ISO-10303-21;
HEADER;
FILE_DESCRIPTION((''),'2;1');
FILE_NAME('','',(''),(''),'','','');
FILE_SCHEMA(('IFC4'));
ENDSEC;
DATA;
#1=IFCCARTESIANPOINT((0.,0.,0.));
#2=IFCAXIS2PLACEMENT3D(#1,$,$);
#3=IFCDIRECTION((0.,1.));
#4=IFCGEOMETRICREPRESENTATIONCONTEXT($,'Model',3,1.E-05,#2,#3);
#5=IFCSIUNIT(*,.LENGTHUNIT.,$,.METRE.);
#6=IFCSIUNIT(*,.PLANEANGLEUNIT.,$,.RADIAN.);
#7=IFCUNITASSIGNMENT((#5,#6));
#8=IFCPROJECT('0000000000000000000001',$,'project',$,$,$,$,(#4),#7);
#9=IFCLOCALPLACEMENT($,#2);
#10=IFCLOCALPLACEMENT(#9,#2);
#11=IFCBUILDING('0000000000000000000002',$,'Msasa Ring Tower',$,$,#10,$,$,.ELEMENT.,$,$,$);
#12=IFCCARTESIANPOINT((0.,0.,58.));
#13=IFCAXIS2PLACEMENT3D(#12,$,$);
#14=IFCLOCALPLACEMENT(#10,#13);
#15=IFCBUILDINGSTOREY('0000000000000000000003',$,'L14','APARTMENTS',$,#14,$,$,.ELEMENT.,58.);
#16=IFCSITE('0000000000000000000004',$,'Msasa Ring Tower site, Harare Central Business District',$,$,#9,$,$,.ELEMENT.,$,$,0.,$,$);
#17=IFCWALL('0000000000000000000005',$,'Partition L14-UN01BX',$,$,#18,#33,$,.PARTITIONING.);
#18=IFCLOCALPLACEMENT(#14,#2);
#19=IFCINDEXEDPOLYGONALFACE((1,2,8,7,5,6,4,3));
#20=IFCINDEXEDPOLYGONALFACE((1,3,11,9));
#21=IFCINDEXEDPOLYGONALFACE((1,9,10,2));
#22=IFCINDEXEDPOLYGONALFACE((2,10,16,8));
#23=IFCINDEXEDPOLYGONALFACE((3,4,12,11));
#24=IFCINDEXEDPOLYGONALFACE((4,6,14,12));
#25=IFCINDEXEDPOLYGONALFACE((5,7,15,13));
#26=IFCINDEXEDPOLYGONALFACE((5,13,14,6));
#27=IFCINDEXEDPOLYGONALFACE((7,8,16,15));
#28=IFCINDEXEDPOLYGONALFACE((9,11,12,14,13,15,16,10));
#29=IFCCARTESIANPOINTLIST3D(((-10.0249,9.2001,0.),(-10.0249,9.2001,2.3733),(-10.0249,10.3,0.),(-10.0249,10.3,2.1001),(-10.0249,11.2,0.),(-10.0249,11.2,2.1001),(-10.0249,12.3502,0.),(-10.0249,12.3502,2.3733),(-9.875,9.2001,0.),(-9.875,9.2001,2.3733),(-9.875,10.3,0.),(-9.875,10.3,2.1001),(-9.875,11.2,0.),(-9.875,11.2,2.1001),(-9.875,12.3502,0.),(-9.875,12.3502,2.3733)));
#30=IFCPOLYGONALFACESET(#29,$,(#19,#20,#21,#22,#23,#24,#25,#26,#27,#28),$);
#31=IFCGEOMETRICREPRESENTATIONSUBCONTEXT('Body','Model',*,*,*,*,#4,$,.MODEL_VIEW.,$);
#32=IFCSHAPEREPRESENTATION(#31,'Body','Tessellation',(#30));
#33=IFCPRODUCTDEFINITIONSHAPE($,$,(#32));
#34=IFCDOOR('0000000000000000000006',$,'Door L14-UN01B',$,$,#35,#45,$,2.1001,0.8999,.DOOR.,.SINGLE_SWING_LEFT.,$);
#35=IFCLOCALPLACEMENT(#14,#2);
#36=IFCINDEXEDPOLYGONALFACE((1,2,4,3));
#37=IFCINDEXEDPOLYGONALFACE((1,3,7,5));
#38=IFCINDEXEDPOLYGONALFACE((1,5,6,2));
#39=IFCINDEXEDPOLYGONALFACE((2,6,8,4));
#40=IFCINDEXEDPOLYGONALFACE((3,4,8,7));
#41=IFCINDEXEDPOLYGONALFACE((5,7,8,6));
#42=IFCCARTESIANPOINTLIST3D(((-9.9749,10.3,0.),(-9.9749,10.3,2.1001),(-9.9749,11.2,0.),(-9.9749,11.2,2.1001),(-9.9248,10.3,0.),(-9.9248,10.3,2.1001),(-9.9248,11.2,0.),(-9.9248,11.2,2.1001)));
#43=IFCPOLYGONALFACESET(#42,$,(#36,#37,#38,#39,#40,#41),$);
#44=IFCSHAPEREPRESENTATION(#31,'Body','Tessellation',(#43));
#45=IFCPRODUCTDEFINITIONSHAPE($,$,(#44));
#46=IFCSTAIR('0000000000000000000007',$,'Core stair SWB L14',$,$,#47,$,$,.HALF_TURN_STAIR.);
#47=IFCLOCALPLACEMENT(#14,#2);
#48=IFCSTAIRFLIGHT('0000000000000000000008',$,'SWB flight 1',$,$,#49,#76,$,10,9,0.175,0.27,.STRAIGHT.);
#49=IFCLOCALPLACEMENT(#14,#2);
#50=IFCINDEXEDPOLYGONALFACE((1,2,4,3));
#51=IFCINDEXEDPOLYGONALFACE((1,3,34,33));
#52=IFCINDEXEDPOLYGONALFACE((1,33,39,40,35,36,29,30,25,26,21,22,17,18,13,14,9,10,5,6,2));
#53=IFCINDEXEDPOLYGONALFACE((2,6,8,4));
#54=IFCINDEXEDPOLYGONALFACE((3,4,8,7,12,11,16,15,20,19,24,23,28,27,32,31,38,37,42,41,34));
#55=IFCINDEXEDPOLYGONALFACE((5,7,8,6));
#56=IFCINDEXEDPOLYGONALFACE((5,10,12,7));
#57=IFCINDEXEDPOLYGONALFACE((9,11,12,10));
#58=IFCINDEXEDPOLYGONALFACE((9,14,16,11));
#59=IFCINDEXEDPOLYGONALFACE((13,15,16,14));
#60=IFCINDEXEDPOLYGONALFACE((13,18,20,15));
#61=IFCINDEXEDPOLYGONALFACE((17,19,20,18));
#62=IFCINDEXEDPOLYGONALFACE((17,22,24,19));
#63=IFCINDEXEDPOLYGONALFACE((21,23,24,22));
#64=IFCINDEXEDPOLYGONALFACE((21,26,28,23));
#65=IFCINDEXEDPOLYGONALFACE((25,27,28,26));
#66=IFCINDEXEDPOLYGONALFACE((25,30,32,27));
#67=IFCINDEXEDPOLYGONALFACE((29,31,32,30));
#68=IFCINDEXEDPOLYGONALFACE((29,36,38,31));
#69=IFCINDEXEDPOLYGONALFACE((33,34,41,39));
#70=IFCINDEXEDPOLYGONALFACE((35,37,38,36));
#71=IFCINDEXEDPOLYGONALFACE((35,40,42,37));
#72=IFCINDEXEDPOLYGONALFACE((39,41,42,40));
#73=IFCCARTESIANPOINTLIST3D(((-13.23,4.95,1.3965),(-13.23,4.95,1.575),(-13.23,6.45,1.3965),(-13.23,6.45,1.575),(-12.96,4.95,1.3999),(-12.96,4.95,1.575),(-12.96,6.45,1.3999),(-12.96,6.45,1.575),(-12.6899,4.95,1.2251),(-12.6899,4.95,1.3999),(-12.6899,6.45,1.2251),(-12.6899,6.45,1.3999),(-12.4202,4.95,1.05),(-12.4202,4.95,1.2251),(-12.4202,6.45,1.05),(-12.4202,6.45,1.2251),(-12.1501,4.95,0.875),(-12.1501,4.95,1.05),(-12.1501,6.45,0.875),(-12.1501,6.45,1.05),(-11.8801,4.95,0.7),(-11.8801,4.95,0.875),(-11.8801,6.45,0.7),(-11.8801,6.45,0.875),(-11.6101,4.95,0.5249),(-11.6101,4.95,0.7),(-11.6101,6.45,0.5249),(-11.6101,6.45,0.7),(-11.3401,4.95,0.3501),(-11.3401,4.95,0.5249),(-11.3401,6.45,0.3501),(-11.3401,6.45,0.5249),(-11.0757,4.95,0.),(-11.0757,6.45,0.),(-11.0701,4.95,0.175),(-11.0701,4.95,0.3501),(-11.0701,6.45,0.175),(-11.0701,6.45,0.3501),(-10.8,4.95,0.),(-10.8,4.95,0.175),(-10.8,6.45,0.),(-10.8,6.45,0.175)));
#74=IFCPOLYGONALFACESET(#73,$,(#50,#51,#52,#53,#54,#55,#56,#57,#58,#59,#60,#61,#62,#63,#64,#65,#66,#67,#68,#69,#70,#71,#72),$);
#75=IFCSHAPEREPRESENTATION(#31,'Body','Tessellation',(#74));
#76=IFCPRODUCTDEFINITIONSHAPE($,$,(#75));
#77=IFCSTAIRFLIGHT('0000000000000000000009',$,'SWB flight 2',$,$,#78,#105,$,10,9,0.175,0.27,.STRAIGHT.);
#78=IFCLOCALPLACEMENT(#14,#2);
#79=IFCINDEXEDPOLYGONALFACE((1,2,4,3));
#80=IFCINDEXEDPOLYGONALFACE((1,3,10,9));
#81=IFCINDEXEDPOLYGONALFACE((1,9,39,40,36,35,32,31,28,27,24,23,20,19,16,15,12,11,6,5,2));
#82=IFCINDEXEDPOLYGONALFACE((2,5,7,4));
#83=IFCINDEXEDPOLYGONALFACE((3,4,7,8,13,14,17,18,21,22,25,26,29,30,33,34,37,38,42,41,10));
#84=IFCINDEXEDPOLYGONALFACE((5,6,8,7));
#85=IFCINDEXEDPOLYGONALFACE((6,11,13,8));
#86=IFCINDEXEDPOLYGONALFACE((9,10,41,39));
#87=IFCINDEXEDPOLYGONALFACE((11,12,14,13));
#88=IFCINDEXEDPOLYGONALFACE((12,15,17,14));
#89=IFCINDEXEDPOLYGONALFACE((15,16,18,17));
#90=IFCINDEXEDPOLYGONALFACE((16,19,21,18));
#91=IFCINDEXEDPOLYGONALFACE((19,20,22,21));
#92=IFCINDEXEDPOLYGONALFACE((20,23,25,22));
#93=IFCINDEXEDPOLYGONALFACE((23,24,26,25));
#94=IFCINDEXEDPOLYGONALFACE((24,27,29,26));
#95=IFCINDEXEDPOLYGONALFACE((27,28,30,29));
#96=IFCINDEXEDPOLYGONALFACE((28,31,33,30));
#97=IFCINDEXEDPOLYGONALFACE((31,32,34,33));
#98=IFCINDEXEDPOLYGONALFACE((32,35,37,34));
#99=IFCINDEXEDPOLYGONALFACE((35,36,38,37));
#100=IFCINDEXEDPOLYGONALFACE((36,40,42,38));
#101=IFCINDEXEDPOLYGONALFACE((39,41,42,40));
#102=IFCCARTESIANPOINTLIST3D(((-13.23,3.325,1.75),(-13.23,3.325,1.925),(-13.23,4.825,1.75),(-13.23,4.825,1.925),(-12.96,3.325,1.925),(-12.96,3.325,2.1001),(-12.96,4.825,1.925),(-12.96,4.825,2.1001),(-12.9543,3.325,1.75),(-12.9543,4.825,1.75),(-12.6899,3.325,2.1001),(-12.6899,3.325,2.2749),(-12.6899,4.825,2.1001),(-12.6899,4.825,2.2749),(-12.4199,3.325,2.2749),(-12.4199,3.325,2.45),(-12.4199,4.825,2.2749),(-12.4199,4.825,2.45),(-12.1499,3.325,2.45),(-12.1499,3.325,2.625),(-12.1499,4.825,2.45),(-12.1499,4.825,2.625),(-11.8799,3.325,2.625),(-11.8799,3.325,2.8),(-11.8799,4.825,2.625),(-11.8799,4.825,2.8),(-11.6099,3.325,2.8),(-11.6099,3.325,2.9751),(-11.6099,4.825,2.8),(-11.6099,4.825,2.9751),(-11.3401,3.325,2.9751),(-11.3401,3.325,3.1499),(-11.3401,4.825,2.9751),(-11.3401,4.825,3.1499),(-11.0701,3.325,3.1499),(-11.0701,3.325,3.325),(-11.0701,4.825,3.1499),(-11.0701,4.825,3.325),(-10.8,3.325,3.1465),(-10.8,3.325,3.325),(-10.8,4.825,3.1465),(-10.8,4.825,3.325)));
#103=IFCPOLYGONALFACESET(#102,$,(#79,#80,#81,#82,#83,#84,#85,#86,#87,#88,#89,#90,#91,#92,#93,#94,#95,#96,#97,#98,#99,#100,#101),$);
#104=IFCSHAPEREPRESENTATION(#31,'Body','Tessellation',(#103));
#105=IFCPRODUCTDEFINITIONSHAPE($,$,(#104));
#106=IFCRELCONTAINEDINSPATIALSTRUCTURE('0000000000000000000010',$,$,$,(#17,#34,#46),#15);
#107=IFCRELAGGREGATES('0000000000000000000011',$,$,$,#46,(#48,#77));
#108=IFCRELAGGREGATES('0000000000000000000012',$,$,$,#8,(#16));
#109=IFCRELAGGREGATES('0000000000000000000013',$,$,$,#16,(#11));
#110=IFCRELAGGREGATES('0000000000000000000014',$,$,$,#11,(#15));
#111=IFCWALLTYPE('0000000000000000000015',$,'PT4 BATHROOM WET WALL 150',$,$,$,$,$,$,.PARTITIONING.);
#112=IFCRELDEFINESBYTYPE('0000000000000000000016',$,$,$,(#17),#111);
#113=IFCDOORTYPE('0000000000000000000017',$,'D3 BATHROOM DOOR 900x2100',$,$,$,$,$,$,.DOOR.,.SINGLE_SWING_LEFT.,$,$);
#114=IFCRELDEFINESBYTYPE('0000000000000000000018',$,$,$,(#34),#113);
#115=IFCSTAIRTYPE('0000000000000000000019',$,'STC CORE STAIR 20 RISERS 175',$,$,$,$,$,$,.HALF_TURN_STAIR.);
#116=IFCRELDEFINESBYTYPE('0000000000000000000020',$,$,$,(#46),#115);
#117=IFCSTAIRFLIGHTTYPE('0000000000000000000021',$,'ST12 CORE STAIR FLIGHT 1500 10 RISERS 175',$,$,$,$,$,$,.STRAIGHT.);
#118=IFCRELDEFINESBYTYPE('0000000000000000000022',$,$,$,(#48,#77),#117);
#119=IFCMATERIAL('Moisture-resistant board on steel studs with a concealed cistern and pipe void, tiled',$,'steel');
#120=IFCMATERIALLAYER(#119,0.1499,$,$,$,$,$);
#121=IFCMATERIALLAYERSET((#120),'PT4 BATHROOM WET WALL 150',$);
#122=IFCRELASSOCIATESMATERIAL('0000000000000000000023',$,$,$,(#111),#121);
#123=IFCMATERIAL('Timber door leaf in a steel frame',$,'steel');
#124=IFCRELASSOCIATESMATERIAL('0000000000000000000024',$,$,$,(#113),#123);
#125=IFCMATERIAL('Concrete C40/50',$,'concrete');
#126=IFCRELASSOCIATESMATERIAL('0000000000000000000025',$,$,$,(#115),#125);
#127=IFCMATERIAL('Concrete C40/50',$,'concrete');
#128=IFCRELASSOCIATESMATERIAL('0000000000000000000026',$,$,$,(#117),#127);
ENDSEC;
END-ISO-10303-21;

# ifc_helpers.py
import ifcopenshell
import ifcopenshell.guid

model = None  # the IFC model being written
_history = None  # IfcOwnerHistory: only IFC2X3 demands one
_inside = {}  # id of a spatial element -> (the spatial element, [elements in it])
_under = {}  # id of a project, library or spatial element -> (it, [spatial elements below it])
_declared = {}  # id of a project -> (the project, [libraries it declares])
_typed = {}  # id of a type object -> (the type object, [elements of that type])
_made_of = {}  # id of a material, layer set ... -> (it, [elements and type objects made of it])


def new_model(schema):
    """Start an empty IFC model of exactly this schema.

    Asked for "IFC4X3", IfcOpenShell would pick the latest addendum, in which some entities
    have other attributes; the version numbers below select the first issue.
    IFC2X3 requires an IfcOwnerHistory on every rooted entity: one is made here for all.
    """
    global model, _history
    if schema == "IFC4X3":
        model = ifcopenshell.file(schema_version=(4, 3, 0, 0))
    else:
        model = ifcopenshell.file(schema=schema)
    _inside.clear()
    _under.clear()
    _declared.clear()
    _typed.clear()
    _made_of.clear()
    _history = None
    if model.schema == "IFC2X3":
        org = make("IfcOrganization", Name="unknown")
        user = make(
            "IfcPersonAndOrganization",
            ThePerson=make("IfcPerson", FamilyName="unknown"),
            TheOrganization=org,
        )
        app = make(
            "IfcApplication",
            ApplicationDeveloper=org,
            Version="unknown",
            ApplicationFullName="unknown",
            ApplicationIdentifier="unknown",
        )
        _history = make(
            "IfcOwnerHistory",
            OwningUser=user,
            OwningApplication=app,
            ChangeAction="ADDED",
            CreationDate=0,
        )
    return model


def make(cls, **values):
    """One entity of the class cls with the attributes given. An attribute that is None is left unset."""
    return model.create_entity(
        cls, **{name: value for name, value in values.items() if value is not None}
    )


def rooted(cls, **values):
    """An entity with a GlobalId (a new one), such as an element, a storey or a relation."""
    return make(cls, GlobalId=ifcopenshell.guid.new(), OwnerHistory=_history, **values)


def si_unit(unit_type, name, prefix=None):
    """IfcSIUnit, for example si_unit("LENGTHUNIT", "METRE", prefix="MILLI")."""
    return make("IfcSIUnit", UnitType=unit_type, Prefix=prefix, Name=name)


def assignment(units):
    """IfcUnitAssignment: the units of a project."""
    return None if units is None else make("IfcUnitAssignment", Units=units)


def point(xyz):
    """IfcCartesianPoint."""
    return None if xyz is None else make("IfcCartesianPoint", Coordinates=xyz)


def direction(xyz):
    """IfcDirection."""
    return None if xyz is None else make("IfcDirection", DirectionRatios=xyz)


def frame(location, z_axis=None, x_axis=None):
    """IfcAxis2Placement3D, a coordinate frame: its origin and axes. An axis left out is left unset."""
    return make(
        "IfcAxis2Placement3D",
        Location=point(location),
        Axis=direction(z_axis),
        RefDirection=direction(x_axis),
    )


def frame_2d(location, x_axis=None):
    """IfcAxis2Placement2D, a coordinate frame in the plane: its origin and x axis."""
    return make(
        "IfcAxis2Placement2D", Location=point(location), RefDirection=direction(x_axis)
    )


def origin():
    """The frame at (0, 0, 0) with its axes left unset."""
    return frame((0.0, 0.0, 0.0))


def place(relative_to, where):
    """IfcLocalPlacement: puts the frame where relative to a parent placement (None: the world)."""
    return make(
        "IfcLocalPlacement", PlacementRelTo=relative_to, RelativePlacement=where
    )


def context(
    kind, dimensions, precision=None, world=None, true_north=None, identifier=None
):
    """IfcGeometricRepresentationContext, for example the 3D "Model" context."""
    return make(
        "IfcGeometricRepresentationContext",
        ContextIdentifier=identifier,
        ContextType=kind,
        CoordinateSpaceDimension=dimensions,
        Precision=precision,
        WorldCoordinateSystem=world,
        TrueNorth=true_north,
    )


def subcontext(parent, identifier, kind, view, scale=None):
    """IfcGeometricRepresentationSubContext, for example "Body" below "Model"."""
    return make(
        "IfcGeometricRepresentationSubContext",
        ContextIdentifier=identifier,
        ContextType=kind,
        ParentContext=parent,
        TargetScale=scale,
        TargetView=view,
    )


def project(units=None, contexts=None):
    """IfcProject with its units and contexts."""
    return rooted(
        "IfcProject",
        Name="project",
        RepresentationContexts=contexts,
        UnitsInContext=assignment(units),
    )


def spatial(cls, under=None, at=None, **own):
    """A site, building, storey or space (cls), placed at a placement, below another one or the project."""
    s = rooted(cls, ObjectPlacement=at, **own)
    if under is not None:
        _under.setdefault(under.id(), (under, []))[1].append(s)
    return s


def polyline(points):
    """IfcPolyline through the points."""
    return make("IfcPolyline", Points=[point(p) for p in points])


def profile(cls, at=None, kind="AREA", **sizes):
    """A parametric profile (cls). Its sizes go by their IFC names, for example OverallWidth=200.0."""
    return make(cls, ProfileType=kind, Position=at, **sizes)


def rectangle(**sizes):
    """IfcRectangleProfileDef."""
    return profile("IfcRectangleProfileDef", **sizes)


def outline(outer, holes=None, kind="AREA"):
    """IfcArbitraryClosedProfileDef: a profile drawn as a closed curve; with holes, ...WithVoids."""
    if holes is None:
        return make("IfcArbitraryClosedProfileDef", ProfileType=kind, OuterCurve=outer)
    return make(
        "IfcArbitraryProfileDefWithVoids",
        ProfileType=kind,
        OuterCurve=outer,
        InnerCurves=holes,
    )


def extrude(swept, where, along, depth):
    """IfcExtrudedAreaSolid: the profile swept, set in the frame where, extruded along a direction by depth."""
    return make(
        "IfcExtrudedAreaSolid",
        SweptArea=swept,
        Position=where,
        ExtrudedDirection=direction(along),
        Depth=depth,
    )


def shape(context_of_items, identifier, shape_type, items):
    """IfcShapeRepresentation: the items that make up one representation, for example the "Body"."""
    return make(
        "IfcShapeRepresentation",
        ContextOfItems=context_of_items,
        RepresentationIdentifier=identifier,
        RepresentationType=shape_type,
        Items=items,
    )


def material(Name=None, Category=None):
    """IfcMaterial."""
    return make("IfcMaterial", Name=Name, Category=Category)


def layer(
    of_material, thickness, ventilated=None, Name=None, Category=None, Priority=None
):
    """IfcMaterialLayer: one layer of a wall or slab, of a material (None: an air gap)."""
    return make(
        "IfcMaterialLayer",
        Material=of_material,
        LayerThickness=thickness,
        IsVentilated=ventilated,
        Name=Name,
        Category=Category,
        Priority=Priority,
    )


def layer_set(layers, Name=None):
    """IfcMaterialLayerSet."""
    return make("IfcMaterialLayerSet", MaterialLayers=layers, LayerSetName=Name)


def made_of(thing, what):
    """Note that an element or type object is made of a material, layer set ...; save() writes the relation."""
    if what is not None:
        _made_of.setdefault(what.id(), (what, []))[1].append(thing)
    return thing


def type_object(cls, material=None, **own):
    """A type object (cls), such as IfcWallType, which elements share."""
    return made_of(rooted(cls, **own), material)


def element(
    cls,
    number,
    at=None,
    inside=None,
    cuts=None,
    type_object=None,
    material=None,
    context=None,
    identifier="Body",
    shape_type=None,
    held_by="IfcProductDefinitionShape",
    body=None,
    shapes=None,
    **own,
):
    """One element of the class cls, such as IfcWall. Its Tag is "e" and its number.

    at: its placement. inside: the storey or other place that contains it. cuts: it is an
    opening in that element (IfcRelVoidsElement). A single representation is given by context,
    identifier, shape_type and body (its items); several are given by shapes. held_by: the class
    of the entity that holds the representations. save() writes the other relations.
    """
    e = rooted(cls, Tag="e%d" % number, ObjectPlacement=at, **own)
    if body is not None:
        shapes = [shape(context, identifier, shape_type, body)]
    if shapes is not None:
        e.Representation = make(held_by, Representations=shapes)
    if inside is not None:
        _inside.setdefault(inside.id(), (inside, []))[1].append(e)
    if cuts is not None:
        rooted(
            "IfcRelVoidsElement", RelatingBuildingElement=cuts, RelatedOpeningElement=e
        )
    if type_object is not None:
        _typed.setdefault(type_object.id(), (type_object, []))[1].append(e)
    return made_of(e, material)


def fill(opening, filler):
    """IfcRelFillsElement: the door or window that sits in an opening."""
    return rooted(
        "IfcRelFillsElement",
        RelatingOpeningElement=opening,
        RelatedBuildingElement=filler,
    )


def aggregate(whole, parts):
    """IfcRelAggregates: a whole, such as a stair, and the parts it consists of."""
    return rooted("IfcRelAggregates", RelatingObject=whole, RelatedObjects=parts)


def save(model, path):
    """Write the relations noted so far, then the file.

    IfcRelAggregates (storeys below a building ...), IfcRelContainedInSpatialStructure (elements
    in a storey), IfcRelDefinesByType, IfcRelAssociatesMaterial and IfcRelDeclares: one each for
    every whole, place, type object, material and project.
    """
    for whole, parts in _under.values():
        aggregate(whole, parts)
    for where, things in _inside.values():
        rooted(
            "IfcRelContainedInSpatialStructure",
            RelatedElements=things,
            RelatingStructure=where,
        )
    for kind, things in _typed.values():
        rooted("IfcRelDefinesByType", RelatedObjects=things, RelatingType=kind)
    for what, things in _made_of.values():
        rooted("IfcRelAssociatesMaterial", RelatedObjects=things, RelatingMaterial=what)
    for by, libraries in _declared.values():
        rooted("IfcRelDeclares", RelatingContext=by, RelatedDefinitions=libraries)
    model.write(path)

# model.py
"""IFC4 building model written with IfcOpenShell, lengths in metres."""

from ifc_helpers import new_model, si_unit, direction, frame, frame_2d, origin, place, context, subcontext, project, spatial, polyline, rectangle, outline, extrude, material, layer, layer_set, type_object, element, fill, aggregate, save


model = new_model("IFC4")

# Units and contexts
model_context = context("Model", 3, precision=1e-05, world=origin(), true_north=direction((0.0, 1.0)))
body_context = subcontext(model_context, "Body", "Model", "MODEL_VIEW")
ifc_project = project(units=[si_unit("LENGTHUNIT", "METRE"), si_unit("PLANEANGLEUNIT", "RADIAN")], contexts=[model_context])

# Site, building, storey
site_placement = place(None, origin())
site = spatial("IfcSite", under=ifc_project, at=site_placement, Name="Msasa Ring Tower site, Harare Central Business District", CompositionType="ELEMENT", RefElevation=0.0)
building_placement = place(site_placement, origin())
building = spatial("IfcBuilding", under=site, at=building_placement, Name="Msasa Ring Tower", CompositionType="ELEMENT")
storey_placement = place(building_placement, frame((0.0, 0.0, 58.0)))
storey = spatial("IfcBuildingStorey", under=building, at=storey_placement, Name="L14", Description="APARTMENTS", CompositionType="ELEMENT", Elevation=58.0)

# Wall, opening, door
ifc_material_1 = material(Name="Moisture-resistant board on steel studs with a concealed cistern and pipe void, tiled", Category="steel")
ifc_layer_1 = layer(ifc_material_1, 0.1499)
ifc_layer_set_1 = layer_set([ifc_layer_1], Name="PT4 BATHROOM WET WALL 150")
wall_type_1 = type_object("IfcWallType", Name="PT4 BATHROOM WET WALL 150", PredefinedType="PARTITIONING", material=ifc_layer_set_1)
ifc_material_2 = material(Name="Timber door leaf in a steel frame", Category="steel")
door_type_1 = type_object("IfcDoorType", Name="D3 BATHROOM DOOR 900x2100", OperationType="SINGLE_SWING_LEFT", PredefinedType="DOOR", material=ifc_material_2)
wall_1_placement = place(storey_placement, frame((-9.95, 9.2, 0.0), z_axis=(0.0, 0.0, 1.0), x_axis=(0.0, 1.0, 0.0)))
wall_1 = element("IfcWall", 1, at=wall_1_placement, inside=storey, type_object=wall_type_1, Name="Partition L14-UN01BX", PredefinedType="PARTITIONING", context=body_context, shape_type="SweptSolid", body=[
    extrude(rectangle(XDim=3.1501, YDim=0.1499, at=frame_2d((1.5752, 0.0))), origin(), (0.0, 0.0, 1.0), 2.3733),
])
opening_1_placement = place(wall_1_placement, frame((1.1001, 0.0, 0.0)))
opening_1 = element("IfcOpeningElement", 2, at=opening_1_placement, cuts=wall_1, PredefinedType="OPENING", context=body_context, shape_type="SweptSolid", body=[
    extrude(rectangle(XDim=0.8999, YDim=2.1001, at=frame_2d((0.45, 1.05))), frame((0.0, 0.085, 0.0), z_axis=(0.0, -1.0, 0.0), x_axis=(1.0, 0.0, 0.0)), (0.0, 0.0, 1.0), 0.1699),
])
door_1_placement = place(opening_1_placement, origin())
door_1 = element("IfcDoor", 3, at=door_1_placement, inside=storey, type_object=door_type_1, Name="Door L14-UN01B", OperationType="SINGLE_SWING_LEFT", OverallHeight=2.1001, OverallWidth=0.8999, PredefinedType="DOOR", context=body_context, shape_type="SweptSolid", body=[
    extrude(rectangle(XDim=0.8999, YDim=2.1001, at=frame_2d((0.45, 1.05))), frame((0.0, 0.0249, 0.0), z_axis=(0.0, -1.0, 0.0), x_axis=(1.0, 0.0, 0.0)), (0.0, 0.0, 1.0), 0.05),
])
fill(opening_1, door_1)

# Stair, stair flights
ifc_material_3 = material(Name="Concrete C40/50", Category="concrete")
stair_type = type_object("IfcStairType", Name="STC CORE STAIR 20 RISERS 175", PredefinedType="HALF_TURN_STAIR", material=ifc_material_3)
stair_placement = place(storey_placement, origin())
stair = element("IfcStair", 4, at=stair_placement, inside=storey, type_object=stair_type, Name="Core stair SWB L14", PredefinedType="HALF_TURN_STAIR")
ifc_material_4 = material(Name="Concrete C40/50", Category="concrete")
stair_flight_type = type_object("IfcStairFlightType", Name="ST12 CORE STAIR FLIGHT 1500 10 RISERS 175", PredefinedType="STRAIGHT", material=ifc_material_4)
stair_flight_1_placement = place(storey_placement, frame((-10.8, 5.7, 0.0), z_axis=(0.0, 0.0, 1.0), x_axis=(-1.0, 0.0, 0.0)))
stair_flight_1 = element("IfcStairFlight", 5, at=stair_flight_1_placement, type_object=stair_flight_type, Name="SWB flight 1", NumberOfRisers=10, NumberOfTreads=9, PredefinedType="STRAIGHT", RiserHeight=0.175, TreadLength=0.27, context=body_context, shape_type="SweptSolid", body=[
    extrude(outline(polyline([(0.0, 0.0), (0.0, 0.175), (0.27, 0.175), (0.27, 0.3501), (0.54, 0.3501), (0.54, 0.5249), (0.8101, 0.5249), (0.8101, 0.7), (1.0801, 0.7), (1.0801, 0.875), (1.3501, 0.875), (1.3501, 1.05), (1.6201, 1.05), (1.6201, 1.2251), (1.8899, 1.2251), (1.8899, 1.3999), (2.1599, 1.3999), (2.1599, 1.575), (2.4299, 1.575), (2.4299, 1.75), (2.4299, 1.3965), (0.2756, 0.0), (0.0, 0.0)])), frame((0.0, 0.75, 0.0), z_axis=(0.0, -1.0, 0.0), x_axis=(1.0, 0.0, 0.0)), (0.0, 0.0, 1.0), 1.5),
])
stair_flight_2_placement = place(storey_placement, frame((-13.23, 4.075, 1.75), z_axis=(0.0, 0.0, 1.0), x_axis=(1.0, 0.0, 0.0)))
stair_flight_2 = element("IfcStairFlight", 6, at=stair_flight_2_placement, type_object=stair_flight_type, Name="SWB flight 2", NumberOfRisers=10, NumberOfTreads=9, PredefinedType="STRAIGHT", RiserHeight=0.175, TreadLength=0.27, context=body_context, shape_type="SweptSolid", body=[
    extrude(outline(polyline([(0.0, 0.0), (0.0, 0.175), (0.27, 0.175), (0.27, 0.3501), (0.54, 0.3501), (0.54, 0.5249), (0.8101, 0.5249), (0.8101, 0.7), (1.0801, 0.7), (1.0801, 0.875), (1.3501, 0.875), (1.3501, 1.05), (1.6201, 1.05), (1.6201, 1.2251), (1.8899, 1.2251), (1.8899, 1.3999), (2.1599, 1.3999), (2.1599, 1.575), (2.4299, 1.575), (2.4299, 1.75), (2.4299, 1.3965), (0.2756, 0.0), (0.0, 0.0)])), frame((0.0, 0.75, 0.0), z_axis=(0.0, -1.0, 0.0), x_axis=(1.0, 0.0, 0.0)), (0.0, 0.0, 1.0), 1.5),
])
aggregate(stair, [stair_flight_1, stair_flight_2])

save(model, "model.ifc")
